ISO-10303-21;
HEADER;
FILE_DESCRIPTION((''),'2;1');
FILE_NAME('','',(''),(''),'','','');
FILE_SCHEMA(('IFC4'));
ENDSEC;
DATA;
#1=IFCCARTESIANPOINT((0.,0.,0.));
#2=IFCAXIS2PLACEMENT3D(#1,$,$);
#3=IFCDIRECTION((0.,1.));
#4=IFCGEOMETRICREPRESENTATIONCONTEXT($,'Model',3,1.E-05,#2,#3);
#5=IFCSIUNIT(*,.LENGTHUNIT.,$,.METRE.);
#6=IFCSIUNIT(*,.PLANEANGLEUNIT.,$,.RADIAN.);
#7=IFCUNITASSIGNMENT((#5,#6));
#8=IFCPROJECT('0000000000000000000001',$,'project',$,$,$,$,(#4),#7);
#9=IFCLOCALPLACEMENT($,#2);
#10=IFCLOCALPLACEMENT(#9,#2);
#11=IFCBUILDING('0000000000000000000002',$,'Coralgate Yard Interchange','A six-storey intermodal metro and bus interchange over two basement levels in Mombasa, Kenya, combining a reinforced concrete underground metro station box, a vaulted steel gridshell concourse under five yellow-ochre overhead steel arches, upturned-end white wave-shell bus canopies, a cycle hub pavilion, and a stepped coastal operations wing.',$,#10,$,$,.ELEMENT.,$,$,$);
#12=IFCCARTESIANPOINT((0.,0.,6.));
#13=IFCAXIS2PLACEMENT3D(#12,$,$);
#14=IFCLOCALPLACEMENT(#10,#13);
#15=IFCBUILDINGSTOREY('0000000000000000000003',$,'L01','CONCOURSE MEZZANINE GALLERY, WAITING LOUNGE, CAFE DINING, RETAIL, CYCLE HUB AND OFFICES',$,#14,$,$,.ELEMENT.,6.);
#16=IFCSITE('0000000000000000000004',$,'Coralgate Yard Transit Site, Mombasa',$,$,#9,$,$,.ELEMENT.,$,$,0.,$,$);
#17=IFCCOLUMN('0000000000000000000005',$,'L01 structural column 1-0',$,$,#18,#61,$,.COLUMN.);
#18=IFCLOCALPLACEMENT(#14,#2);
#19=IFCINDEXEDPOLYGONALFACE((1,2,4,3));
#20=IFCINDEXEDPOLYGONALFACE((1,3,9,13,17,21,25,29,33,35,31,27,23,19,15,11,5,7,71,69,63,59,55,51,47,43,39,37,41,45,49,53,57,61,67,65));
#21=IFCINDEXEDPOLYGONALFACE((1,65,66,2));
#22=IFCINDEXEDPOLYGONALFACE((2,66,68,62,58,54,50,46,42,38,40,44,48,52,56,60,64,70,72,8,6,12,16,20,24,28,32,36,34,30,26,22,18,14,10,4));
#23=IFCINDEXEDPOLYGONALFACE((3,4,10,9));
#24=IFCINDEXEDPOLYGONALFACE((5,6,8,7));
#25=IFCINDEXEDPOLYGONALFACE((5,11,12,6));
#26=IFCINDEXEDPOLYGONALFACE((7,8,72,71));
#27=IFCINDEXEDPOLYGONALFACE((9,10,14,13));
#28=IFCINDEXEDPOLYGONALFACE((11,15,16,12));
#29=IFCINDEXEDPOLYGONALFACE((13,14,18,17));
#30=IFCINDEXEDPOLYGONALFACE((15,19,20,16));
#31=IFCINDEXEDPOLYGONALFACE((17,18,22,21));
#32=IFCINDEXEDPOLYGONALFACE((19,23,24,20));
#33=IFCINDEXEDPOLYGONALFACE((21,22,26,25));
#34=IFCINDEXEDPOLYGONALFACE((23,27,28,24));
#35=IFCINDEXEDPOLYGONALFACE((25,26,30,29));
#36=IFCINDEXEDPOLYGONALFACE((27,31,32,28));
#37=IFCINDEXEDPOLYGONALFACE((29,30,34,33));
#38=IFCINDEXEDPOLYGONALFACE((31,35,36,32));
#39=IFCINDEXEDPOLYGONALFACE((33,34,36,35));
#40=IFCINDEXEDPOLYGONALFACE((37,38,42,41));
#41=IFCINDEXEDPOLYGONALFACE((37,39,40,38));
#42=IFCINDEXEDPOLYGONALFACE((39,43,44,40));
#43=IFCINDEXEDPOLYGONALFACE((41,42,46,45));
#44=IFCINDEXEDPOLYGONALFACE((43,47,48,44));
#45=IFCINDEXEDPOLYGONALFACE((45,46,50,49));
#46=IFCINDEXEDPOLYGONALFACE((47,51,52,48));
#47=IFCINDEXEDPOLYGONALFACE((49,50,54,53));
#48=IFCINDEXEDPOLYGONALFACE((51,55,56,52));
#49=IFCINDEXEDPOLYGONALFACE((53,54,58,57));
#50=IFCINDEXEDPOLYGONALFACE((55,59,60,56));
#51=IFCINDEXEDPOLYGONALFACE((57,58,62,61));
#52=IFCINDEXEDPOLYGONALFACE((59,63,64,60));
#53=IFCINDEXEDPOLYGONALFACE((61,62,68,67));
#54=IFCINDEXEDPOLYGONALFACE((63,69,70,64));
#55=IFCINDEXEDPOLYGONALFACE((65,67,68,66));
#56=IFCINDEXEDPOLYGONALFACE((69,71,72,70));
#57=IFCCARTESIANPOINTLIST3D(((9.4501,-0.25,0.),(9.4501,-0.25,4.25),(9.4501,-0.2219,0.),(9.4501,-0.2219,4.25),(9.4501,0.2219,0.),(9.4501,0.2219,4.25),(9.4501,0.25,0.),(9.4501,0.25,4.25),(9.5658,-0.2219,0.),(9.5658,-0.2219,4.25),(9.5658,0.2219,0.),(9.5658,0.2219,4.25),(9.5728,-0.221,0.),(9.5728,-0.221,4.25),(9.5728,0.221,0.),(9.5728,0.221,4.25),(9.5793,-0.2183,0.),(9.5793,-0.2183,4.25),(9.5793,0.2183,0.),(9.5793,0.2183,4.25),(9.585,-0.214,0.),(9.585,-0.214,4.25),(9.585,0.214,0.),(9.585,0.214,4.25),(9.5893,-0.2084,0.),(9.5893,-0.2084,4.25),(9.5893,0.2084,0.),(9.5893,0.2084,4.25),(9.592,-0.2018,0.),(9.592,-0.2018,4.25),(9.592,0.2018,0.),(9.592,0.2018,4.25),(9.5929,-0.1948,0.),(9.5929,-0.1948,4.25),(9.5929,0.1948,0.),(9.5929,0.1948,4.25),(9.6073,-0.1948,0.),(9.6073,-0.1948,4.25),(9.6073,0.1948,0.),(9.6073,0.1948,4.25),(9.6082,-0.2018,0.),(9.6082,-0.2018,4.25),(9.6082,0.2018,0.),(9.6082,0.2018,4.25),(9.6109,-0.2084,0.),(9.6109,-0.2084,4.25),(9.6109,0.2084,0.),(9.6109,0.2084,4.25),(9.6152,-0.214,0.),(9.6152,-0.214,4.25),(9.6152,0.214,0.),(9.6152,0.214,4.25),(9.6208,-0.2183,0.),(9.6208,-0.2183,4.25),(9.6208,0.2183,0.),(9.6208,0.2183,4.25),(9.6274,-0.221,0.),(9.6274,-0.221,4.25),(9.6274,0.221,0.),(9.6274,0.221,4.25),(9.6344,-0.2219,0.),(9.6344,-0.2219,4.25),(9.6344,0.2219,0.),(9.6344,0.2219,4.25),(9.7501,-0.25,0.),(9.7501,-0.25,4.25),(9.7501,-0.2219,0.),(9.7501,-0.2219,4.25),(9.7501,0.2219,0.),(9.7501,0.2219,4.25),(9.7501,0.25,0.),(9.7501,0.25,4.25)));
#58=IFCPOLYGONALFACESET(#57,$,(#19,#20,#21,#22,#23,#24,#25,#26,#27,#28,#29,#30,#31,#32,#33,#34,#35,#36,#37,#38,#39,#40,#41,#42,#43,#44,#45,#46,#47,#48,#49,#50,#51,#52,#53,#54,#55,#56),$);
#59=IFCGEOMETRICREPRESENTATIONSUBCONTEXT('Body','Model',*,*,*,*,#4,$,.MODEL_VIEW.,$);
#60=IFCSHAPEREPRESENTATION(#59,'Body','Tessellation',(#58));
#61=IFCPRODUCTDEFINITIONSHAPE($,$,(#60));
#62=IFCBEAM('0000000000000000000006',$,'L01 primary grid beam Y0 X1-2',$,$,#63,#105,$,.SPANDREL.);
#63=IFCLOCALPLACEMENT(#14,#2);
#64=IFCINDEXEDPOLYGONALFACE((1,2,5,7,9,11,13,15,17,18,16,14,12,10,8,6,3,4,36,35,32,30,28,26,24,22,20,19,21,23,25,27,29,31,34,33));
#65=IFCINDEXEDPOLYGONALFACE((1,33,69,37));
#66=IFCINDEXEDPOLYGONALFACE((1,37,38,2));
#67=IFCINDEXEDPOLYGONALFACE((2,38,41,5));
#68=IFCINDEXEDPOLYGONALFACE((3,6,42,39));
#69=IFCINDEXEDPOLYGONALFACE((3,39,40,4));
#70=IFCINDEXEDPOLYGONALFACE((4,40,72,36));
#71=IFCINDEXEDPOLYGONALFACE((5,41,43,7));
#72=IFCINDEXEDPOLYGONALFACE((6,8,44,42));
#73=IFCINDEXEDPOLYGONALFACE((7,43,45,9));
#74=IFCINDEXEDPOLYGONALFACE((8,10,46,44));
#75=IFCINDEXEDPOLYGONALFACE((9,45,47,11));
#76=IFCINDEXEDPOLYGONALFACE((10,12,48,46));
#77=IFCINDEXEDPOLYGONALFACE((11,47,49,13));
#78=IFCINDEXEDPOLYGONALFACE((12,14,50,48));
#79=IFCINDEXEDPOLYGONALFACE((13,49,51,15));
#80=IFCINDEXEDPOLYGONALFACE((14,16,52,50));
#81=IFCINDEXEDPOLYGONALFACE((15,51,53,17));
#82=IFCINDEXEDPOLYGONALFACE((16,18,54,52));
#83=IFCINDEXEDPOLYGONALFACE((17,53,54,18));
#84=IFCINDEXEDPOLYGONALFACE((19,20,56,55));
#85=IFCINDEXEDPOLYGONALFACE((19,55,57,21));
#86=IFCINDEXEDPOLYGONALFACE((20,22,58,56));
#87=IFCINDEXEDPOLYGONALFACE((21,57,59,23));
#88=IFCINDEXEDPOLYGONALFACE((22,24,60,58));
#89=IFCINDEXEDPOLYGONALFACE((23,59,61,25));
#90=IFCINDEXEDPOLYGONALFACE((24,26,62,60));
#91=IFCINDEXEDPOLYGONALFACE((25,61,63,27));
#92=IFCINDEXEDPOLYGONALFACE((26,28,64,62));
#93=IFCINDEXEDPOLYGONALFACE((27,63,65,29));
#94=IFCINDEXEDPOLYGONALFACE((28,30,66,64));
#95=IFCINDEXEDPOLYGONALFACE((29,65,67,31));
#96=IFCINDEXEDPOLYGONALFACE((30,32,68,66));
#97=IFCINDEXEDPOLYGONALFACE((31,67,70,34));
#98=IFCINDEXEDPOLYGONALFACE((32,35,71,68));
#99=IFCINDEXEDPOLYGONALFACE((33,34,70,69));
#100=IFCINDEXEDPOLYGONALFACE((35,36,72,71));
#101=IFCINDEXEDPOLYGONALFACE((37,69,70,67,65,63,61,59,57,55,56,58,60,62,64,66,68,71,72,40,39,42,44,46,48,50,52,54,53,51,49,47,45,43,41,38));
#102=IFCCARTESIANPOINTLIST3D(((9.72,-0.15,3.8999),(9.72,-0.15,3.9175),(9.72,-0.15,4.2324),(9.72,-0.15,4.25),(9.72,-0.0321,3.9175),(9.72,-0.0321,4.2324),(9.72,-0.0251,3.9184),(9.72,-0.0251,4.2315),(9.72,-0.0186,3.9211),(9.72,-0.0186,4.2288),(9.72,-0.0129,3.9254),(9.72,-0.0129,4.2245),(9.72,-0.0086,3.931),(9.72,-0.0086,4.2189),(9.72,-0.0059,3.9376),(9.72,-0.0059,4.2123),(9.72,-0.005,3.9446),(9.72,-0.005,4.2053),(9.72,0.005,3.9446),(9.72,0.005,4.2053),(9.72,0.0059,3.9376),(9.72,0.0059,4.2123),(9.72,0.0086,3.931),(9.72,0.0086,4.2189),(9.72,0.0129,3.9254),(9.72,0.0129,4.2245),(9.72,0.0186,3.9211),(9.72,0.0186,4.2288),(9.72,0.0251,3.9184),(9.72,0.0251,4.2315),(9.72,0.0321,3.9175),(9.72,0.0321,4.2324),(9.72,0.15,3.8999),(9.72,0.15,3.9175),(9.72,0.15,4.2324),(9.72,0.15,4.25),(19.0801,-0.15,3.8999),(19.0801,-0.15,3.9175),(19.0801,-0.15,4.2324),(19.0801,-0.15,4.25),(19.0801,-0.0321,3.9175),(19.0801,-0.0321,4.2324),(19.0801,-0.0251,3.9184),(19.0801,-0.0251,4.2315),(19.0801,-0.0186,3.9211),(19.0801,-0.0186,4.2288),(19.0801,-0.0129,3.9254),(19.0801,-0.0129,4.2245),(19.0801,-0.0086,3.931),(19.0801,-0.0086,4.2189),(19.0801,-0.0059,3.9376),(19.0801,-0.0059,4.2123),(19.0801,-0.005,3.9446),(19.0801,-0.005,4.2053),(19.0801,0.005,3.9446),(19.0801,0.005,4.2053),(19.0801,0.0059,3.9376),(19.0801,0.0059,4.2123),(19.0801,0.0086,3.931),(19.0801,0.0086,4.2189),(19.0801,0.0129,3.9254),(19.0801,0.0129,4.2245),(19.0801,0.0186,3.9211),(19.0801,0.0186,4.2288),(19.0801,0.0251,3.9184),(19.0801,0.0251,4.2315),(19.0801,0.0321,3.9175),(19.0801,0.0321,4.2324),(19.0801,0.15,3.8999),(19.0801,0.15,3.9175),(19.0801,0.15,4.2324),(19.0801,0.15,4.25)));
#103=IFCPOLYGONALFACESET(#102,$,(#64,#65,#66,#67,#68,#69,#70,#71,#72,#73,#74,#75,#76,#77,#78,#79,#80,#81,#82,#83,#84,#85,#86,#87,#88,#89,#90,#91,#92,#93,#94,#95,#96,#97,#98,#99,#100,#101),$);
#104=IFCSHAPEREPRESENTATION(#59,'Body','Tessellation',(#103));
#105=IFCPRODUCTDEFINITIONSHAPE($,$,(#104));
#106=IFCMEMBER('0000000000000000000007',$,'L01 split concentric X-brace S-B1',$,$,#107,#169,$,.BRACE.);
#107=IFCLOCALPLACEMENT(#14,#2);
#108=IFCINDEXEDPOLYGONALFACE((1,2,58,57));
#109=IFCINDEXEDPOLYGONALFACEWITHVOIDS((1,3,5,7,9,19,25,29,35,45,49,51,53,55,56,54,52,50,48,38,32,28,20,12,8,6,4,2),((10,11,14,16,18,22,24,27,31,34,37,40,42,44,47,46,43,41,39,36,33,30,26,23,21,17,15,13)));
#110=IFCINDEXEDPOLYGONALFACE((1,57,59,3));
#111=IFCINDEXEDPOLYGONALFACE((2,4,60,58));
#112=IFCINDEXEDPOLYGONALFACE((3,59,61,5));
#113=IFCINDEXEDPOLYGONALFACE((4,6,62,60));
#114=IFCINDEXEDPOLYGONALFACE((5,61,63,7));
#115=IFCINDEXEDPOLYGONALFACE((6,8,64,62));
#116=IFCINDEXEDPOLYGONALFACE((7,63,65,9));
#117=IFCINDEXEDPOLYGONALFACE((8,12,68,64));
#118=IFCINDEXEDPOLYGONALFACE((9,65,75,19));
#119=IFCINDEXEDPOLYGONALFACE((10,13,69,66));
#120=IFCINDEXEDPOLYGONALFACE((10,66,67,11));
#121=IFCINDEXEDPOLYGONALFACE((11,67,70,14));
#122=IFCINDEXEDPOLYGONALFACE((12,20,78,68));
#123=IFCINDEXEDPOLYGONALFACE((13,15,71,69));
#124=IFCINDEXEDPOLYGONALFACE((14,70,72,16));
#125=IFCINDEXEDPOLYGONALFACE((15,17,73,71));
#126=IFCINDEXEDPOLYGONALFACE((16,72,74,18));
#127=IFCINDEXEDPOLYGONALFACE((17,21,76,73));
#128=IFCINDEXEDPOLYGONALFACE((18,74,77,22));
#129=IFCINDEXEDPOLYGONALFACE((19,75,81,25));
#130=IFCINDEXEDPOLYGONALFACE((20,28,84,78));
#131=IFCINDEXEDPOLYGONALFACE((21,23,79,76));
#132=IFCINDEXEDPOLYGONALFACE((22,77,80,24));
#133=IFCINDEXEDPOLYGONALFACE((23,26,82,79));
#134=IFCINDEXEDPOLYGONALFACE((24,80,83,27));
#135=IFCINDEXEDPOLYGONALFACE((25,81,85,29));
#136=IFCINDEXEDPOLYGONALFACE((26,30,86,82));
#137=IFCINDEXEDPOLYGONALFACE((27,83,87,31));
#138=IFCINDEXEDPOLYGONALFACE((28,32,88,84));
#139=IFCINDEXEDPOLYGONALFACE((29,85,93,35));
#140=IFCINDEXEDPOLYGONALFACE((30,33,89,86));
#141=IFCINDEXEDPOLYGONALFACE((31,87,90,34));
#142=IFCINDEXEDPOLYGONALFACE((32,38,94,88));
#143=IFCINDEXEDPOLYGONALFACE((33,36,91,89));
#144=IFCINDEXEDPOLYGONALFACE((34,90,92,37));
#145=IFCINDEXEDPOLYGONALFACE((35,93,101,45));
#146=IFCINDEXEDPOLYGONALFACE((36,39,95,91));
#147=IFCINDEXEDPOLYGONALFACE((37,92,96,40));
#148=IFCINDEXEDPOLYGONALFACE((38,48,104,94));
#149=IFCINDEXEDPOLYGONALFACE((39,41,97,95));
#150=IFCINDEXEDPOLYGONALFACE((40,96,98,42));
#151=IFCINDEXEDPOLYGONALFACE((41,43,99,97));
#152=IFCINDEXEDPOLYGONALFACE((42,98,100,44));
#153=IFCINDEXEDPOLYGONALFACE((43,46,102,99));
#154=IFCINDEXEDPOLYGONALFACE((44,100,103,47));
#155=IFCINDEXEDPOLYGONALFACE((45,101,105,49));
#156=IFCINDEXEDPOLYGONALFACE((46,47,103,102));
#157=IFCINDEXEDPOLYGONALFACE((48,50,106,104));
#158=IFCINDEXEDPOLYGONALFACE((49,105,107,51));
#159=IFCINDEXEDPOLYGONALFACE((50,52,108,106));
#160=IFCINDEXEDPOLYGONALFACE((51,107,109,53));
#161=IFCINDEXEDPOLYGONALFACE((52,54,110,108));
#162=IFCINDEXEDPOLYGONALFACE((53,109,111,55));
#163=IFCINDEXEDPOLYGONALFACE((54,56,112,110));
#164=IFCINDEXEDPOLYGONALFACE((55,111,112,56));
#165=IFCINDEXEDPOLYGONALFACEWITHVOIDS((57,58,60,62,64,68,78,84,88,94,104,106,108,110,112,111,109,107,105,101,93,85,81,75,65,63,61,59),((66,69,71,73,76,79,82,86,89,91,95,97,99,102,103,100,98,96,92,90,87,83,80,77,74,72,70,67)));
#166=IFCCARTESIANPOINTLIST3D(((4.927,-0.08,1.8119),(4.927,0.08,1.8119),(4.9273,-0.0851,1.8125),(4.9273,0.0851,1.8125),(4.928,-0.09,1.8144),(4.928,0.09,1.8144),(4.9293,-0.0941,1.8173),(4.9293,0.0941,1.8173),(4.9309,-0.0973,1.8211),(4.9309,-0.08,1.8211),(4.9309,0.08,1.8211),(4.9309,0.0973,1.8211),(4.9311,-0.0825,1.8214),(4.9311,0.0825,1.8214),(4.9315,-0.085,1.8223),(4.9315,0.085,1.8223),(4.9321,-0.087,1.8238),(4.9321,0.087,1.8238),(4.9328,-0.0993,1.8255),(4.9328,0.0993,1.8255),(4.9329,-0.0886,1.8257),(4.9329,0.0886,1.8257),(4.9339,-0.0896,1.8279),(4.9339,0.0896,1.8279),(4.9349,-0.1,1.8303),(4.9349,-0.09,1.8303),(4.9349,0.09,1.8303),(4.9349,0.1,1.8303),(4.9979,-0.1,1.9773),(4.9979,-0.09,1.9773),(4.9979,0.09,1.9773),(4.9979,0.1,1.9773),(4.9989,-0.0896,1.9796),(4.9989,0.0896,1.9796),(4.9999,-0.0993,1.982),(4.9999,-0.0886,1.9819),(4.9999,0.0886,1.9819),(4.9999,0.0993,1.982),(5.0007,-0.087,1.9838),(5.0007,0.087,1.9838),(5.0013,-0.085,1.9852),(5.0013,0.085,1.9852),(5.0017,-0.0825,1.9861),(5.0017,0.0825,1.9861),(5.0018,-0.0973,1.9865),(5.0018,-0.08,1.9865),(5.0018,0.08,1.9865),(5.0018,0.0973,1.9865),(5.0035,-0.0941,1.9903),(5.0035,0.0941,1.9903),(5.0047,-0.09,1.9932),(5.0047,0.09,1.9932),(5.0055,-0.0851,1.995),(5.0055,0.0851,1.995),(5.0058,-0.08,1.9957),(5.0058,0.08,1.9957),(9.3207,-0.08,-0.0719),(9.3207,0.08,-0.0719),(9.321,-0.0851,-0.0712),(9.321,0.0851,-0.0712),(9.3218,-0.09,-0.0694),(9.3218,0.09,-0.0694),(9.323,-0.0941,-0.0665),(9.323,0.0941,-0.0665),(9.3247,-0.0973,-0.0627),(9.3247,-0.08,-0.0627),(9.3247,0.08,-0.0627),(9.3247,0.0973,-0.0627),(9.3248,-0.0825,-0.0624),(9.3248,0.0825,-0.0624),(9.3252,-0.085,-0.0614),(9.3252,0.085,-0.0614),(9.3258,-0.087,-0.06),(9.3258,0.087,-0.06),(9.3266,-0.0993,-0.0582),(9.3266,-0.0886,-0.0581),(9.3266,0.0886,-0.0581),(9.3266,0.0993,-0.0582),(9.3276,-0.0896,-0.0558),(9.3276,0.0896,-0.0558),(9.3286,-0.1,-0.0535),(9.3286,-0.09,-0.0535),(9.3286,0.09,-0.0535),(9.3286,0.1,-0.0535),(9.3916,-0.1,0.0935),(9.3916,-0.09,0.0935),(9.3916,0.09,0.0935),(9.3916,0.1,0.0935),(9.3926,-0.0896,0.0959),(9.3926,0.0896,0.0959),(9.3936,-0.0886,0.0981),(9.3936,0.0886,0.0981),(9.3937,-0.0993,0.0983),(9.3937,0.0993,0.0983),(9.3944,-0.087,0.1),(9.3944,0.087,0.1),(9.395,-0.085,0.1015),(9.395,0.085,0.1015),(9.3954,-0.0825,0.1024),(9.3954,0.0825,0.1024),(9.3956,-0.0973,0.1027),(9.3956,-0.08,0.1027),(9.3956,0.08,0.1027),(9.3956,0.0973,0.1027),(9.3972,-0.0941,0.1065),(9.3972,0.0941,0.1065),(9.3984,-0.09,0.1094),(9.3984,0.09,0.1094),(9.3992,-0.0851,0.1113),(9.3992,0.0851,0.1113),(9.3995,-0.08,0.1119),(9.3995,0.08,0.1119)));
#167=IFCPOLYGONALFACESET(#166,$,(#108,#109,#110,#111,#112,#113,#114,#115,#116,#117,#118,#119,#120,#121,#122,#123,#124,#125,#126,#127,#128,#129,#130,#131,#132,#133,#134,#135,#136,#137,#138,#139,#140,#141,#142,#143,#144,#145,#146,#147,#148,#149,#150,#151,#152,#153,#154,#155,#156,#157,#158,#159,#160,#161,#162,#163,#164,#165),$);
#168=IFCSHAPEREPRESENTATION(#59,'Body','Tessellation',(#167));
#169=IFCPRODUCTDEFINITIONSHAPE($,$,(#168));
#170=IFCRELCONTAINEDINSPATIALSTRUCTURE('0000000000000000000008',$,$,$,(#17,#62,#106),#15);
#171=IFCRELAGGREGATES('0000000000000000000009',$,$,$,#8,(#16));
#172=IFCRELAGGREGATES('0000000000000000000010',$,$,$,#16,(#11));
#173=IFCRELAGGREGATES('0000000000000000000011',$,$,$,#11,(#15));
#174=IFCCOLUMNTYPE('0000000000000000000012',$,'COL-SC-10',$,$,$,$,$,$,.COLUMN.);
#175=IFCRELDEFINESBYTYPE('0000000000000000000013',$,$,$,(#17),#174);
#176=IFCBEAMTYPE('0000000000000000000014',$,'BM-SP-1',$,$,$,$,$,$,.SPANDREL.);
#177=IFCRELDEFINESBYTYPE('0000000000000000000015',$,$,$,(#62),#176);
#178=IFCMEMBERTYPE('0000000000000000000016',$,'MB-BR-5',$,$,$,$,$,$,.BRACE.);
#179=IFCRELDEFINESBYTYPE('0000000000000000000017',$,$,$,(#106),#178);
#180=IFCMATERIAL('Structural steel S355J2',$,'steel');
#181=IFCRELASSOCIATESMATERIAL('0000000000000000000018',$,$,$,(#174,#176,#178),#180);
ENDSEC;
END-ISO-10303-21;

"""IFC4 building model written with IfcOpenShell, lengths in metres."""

from ifc_helpers import new_model, si_unit, direction, frame, origin, origin_2d, place, context, subcontext, project, spatial, hollow_rectangle, i_section, extrude, material, material_profile, profile_set, type_object, element, save


model = new_model("IFC4")

# Units and contexts
model_context = context("Model", 3, precision=1e-05, world=origin(), true_north=direction((0.0, 1.0)))
body_context = subcontext(model_context, "Body", "Model", "MODEL_VIEW")
ifc_project = project(units=[si_unit("LENGTHUNIT", "METRE"), si_unit("PLANEANGLEUNIT", "RADIAN")], contexts=[model_context])

# Site, building, storey
site_placement = place(None, origin())
site = spatial("IfcSite", under=ifc_project, at=site_placement, Name="Coralgate Yard Transit Site, Mombasa", CompositionType="ELEMENT", RefElevation=0.0)
building_placement = place(site_placement, origin())
building = spatial("IfcBuilding", under=site, at=building_placement, Name="Coralgate Yard Interchange", Description="A six-storey intermodal metro and bus interchange over two basement levels in Mombasa, Kenya, combining a reinforced concrete underground metro station box, a vaulted steel gridshell concourse under five yellow-ochre overhead steel arches, upturned-end white wave-shell bus canopies, a cycle hub pavilion, and a stepped coastal operations wing.", CompositionType="ELEMENT")
storey_placement = place(building_placement, frame((0.0, 0.0, 6.0)))
storey = spatial("IfcBuildingStorey", under=building, at=storey_placement, Name="L01", Description="CONCOURSE MEZZANINE GALLERY, WAITING LOUNGE, CAFE DINING, RETAIL, CYCLE HUB AND OFFICES", CompositionType="ELEMENT", Elevation=6.0)

# Column
ifc_material_1 = material(Name="Structural steel S355J2", Category="steel")
ifc_material_profile_1 = material_profile(ifc_material_1, i_section(OverallWidth=0.3, OverallDepth=0.5, WebThickness=0.0144, FlangeThickness=0.0281, FilletRadius=0.0271, at=origin_2d()), Name="HEB 500")
ifc_profile_set_1 = profile_set([ifc_material_profile_1], Name="Structural steel S355J2")
column_type = type_object("IfcColumnType", Name="COL-SC-10", PredefinedType="COLUMN", material=ifc_profile_set_1)
column_placement = place(storey_placement, frame((9.6001, 0.0, 0.0), z_axis=(0.0, 0.0, 1.0), x_axis=(1.0, 0.0, 0.0)))
element("IfcColumn", 1, at=column_placement, inside=storey, type_object=column_type, Name="L01 structural column 1-0", PredefinedType="COLUMN", context=body_context, shape_type="SweptSolid", body=[
    extrude(i_section(OverallWidth=0.3, OverallDepth=0.5, WebThickness=0.0144, FlangeThickness=0.0281, FilletRadius=0.0271, at=origin_2d()), origin(), (0.0, 0.0, 1.0), 4.25),
])

# Beam
ifc_material_profile_2 = material_profile(ifc_material_1, i_section(OverallWidth=0.3, OverallDepth=0.3501, WebThickness=0.01, FlangeThickness=0.0176, FilletRadius=0.0271, at=origin_2d()), Name="HEA 360")
ifc_profile_set_2 = profile_set([ifc_material_profile_2], Name="Structural steel S355J2")
beam_type = type_object("IfcBeamType", Name="BM-SP-1", PredefinedType="SPANDREL", material=ifc_profile_set_2)
beam_placement = place(storey_placement, frame((9.72, 0.0, 4.075), z_axis=(1.0, 0.0, 0.0), x_axis=(0.0, 1.0, 0.0)))
element("IfcBeam", 2, at=beam_placement, inside=storey, type_object=beam_type, Name="L01 primary grid beam Y0 X1-2", PredefinedType="SPANDREL", context=body_context, shape_type="SweptSolid", body=[
    extrude(i_section(OverallWidth=0.3, OverallDepth=0.3501, WebThickness=0.01, FlangeThickness=0.0176, FilletRadius=0.0271, at=origin_2d()), origin(), (0.0, 0.0, 1.0), 9.3601),
])

# Member
ifc_material_profile_3 = material_profile(ifc_material_1, hollow_rectangle(XDim=0.2, YDim=0.2, WallThickness=0.01, InnerFilletRadius=0.01, OuterFilletRadius=0.02, at=origin_2d()), Name="SHS 200x200x10")
ifc_profile_set_3 = profile_set([ifc_material_profile_3], Name="Structural steel S355J2")
member_type_1 = type_object("IfcMemberType", Name="MB-BR-5", PredefinedType="BRACE", material=ifc_profile_set_3)
member_1_placement = place(storey_placement, frame((9.3601, 0.0, 0.02), z_axis=(-0.91909, 0.0, 0.394049), x_axis=(0.0, -1.0, 0.0)))
element("IfcMember", 3, at=member_1_placement, inside=storey, type_object=member_type_1, Name="L01 split concentric X-brace S-B1", PredefinedType="BRACE", context=body_context, shape_type="SweptSolid", body=[
    extrude(hollow_rectangle(XDim=0.2, YDim=0.2, WallThickness=0.01, InnerFilletRadius=0.01, OuterFilletRadius=0.02, at=origin_2d()), origin(), (0.0, 0.0, 1.0), 4.7805),
])

save(model, "model.ifc")
